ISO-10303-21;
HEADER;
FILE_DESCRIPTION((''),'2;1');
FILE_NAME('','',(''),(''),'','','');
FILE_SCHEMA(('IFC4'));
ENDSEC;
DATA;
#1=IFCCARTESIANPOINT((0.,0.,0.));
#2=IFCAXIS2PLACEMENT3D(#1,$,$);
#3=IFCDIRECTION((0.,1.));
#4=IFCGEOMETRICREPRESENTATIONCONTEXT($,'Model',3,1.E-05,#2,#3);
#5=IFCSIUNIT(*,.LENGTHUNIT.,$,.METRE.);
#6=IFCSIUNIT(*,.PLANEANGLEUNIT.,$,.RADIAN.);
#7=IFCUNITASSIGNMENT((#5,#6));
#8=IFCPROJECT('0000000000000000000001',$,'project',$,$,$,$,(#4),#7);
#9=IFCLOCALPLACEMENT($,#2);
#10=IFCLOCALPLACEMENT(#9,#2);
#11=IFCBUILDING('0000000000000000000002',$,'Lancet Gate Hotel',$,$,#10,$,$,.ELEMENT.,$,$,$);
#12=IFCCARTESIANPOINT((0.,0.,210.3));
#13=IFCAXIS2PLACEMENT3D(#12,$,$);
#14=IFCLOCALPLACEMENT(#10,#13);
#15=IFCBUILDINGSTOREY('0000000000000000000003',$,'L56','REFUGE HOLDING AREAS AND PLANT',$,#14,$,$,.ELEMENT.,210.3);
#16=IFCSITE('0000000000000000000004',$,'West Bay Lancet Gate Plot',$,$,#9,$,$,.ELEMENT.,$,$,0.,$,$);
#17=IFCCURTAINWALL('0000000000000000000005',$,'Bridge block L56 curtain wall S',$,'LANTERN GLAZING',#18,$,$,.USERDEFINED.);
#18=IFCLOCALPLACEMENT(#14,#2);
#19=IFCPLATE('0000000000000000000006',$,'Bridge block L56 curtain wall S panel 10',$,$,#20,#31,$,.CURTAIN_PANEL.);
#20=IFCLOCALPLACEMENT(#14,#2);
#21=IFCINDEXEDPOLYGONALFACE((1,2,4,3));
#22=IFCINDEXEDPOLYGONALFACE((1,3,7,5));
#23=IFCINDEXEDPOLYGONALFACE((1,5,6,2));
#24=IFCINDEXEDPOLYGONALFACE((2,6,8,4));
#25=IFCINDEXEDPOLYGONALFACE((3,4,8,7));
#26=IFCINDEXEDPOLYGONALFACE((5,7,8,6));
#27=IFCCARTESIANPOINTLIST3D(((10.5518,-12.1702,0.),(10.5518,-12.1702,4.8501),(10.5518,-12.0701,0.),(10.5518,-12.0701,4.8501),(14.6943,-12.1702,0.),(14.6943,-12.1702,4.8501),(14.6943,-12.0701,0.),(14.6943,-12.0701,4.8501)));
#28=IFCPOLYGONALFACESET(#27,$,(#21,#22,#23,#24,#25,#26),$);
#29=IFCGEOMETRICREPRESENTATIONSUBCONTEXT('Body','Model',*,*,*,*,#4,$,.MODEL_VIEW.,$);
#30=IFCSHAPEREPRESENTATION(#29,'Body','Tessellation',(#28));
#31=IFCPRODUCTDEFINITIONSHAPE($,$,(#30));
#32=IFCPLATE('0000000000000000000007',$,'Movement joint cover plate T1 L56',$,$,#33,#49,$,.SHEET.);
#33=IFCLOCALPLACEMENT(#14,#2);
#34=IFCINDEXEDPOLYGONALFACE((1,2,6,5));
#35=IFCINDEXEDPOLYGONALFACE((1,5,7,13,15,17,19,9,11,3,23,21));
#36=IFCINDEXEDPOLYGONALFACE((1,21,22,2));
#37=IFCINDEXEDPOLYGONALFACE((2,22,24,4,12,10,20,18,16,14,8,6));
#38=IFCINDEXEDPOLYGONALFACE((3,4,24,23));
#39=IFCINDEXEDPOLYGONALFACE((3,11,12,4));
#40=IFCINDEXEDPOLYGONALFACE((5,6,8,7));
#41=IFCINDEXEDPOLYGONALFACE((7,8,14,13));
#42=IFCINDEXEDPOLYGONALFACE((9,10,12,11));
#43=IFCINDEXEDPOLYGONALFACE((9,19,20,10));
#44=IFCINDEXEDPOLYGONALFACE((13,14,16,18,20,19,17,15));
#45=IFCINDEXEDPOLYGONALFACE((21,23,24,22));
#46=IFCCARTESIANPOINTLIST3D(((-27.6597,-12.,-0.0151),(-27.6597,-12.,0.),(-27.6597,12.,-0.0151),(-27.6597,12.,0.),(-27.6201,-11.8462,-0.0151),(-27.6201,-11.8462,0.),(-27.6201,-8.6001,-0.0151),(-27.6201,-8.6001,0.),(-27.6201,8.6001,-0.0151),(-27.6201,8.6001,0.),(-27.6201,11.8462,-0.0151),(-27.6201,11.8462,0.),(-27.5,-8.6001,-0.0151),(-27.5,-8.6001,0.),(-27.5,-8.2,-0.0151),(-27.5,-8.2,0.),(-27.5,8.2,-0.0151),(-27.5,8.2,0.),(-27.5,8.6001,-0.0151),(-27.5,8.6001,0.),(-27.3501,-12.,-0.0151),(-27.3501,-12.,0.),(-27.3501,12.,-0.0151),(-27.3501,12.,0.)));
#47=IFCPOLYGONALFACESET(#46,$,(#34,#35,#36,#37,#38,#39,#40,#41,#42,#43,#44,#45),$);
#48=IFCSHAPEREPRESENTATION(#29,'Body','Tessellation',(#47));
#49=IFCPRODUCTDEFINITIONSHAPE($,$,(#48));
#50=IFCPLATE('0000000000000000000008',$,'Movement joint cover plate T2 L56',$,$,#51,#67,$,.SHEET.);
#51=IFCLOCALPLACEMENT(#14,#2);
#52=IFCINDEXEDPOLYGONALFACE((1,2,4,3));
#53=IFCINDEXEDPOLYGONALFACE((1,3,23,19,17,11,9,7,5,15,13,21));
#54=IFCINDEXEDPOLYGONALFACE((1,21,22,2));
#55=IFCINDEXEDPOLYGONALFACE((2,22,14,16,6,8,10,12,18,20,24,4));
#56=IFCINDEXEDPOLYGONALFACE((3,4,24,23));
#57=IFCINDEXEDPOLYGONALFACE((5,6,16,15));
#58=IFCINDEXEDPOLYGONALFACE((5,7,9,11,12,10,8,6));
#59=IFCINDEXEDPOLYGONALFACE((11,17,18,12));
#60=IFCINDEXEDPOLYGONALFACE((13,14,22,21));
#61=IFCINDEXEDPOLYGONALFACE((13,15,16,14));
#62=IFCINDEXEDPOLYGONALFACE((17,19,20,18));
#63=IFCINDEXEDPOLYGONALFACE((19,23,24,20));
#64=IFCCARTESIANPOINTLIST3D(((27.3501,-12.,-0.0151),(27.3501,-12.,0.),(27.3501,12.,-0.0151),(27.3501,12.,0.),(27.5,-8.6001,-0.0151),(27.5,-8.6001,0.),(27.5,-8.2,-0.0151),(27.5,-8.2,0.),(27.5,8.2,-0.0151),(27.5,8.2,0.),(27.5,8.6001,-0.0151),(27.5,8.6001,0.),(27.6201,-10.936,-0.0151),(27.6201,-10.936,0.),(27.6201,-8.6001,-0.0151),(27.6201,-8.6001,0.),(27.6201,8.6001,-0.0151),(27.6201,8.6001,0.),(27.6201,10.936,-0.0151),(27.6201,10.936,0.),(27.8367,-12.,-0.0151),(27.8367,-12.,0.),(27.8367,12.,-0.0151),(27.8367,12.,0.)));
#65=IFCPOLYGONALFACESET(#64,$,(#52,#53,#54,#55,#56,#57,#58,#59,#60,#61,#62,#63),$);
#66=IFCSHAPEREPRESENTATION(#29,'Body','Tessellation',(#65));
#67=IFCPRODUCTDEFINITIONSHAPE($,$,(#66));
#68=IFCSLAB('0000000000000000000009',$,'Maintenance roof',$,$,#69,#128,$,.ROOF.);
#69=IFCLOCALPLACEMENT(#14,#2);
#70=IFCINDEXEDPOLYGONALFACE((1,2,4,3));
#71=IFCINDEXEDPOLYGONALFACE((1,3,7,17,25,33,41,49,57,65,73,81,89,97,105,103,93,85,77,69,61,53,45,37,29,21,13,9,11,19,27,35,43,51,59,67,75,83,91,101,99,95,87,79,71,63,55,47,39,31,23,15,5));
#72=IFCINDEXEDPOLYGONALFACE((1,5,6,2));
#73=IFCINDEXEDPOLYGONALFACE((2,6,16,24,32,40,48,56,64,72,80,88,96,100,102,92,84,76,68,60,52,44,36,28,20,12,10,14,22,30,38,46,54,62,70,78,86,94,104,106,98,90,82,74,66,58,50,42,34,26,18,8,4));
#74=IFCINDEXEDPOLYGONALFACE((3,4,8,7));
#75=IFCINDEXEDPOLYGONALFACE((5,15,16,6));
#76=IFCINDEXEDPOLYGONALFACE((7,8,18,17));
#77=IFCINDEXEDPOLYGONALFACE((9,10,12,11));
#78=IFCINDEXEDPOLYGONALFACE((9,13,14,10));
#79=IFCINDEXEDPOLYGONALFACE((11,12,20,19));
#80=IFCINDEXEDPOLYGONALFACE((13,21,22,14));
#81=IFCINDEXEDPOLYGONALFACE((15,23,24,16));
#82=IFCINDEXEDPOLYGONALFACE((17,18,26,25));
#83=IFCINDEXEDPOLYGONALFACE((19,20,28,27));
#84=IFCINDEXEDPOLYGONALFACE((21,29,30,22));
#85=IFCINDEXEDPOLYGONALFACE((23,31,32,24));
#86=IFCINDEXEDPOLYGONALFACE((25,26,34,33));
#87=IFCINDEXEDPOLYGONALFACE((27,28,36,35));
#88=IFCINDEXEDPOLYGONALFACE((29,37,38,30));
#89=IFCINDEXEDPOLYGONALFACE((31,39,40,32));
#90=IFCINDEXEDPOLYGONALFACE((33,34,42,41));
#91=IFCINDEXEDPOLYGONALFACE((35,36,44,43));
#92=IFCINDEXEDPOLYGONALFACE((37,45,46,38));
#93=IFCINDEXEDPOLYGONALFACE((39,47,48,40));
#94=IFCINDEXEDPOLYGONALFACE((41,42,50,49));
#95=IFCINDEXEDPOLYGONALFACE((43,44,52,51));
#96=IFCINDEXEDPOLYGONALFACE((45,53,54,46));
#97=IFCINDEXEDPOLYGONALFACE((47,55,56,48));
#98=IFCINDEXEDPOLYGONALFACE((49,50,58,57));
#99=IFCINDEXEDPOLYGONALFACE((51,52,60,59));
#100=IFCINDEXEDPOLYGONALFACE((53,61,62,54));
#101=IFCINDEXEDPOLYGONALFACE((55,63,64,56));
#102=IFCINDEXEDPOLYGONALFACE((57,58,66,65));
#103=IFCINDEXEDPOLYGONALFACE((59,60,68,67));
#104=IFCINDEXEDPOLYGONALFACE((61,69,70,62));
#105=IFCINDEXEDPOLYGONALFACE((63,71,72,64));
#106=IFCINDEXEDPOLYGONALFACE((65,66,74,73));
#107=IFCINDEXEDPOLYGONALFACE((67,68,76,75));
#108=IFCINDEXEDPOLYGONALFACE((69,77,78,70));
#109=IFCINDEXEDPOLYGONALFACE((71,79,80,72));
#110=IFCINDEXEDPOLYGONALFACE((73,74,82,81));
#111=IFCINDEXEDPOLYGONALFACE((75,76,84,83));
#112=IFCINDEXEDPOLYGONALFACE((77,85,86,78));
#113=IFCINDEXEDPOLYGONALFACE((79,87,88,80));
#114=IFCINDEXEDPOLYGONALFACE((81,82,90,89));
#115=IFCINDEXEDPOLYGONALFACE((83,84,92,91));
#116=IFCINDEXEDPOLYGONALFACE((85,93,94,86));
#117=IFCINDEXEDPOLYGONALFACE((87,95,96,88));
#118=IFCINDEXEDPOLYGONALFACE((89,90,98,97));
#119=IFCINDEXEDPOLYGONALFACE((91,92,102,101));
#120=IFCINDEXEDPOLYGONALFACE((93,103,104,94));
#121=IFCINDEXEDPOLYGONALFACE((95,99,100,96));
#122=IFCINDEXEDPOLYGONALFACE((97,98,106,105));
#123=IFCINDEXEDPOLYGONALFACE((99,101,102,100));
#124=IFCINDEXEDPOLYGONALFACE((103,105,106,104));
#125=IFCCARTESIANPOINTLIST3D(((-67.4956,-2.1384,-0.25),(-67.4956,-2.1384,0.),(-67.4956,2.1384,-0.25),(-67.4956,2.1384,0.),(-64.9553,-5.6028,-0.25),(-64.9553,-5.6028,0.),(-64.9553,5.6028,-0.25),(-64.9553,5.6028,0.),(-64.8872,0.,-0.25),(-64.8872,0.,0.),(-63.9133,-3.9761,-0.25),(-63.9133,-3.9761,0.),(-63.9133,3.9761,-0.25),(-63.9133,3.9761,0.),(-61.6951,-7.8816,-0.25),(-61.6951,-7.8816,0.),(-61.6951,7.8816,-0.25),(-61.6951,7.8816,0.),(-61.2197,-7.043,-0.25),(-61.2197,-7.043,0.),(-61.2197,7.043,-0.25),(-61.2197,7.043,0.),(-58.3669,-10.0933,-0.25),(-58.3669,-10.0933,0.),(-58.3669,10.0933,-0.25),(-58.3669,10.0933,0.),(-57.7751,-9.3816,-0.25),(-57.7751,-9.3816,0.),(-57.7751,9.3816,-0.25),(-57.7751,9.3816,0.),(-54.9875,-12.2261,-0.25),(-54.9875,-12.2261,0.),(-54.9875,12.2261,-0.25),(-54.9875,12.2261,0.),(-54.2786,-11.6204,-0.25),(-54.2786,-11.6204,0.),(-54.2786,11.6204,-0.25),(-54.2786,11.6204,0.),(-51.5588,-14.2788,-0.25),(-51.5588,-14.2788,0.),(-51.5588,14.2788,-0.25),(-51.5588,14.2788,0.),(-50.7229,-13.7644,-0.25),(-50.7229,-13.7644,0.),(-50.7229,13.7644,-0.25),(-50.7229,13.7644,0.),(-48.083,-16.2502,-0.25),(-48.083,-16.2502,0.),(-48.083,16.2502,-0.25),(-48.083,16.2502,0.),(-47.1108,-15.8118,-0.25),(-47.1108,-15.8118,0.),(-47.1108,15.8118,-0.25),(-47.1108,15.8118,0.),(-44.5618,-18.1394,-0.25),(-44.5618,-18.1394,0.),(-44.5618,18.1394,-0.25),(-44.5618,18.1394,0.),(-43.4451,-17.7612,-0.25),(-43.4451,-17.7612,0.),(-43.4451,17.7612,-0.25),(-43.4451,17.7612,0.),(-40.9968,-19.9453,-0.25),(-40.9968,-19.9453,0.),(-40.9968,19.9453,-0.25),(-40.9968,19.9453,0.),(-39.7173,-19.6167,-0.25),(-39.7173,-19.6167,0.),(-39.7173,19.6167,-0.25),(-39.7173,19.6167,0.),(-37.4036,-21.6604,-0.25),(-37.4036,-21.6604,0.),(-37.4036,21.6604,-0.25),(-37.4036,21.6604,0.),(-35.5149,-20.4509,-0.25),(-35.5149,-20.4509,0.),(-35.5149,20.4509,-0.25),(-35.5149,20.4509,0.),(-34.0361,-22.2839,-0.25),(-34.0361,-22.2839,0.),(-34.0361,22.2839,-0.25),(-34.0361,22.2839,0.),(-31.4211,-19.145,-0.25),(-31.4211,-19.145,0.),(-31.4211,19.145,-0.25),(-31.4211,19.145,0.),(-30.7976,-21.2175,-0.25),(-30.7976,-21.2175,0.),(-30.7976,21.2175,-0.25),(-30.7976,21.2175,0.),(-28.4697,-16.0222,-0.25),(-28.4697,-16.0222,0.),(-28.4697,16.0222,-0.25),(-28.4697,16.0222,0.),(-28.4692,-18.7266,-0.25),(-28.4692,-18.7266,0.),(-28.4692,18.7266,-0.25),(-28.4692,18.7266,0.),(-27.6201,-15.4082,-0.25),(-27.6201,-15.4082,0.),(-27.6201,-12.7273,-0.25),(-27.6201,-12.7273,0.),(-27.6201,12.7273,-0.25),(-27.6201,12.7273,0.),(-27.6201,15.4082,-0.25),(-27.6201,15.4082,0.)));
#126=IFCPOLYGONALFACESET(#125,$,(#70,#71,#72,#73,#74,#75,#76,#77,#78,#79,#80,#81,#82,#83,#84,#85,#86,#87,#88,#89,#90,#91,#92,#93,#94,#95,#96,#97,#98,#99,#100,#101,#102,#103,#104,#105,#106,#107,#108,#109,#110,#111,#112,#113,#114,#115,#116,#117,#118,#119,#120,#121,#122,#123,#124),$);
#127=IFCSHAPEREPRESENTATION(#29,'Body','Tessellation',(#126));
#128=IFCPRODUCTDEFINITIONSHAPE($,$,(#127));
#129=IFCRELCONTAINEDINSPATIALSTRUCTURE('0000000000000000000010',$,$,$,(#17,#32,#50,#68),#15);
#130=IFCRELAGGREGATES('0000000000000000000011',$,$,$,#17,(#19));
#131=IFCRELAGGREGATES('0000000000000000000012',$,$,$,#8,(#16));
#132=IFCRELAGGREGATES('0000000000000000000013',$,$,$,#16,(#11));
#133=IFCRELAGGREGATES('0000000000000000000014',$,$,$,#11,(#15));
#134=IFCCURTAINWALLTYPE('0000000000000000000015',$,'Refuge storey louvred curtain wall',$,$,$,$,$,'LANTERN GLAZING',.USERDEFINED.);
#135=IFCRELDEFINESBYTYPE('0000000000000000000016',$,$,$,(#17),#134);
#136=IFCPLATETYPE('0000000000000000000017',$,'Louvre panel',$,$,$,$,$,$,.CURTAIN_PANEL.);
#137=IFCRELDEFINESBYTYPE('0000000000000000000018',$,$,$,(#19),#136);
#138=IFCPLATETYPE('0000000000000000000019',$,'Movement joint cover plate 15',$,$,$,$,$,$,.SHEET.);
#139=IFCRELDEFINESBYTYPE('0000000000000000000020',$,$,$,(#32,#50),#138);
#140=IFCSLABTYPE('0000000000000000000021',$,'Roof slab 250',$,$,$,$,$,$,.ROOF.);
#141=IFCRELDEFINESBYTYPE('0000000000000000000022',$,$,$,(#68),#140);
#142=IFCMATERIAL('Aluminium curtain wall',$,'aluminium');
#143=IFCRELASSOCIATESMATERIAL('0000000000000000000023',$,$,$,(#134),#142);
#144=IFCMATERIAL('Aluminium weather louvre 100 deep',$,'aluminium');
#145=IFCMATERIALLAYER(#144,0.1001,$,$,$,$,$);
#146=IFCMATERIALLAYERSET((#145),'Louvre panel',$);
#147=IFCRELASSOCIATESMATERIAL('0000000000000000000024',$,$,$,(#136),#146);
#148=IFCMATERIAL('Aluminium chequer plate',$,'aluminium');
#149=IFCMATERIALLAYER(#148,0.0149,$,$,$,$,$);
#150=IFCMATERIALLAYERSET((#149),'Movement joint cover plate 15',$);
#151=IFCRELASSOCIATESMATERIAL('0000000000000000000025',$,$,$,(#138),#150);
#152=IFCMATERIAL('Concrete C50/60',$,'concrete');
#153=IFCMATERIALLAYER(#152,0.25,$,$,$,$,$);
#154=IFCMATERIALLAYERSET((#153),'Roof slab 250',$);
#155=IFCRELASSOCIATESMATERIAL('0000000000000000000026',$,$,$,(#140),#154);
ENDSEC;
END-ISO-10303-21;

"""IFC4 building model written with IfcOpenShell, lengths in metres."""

from ifc_helpers import new_model, si_unit, direction, frame, origin, origin_2d, place, context, subcontext, project, spatial, polyline, rectangle, outline, extrude, material, layer, layer_set, type_object, element, aggregate, save


model = new_model("IFC4")

# Units and contexts
model_context = context("Model", 3, precision=1e-05, world=origin(), true_north=direction((0.0, 1.0)))
body_context = subcontext(model_context, "Body", "Model", "MODEL_VIEW")
ifc_project = project(units=[si_unit("LENGTHUNIT", "METRE"), si_unit("PLANEANGLEUNIT", "RADIAN")], contexts=[model_context])

# Site, building, storey
site_placement = place(None, origin())
site = spatial("IfcSite", under=ifc_project, at=site_placement, Name="West Bay Lancet Gate Plot", CompositionType="ELEMENT", RefElevation=0.0)
building_placement = place(site_placement, origin())
building = spatial("IfcBuilding", under=site, at=building_placement, Name="Lancet Gate Hotel", CompositionType="ELEMENT")
storey_placement = place(building_placement, frame((0.0, 0.0, 210.3)))
storey = spatial("IfcBuildingStorey", under=building, at=storey_placement, Name="L56", Description="REFUGE HOLDING AREAS AND PLANT", CompositionType="ELEMENT", Elevation=210.3)

# Curtain wall
ifc_material_1 = material(Name="Aluminium curtain wall", Category="aluminium")
curtain_wall_type = type_object("IfcCurtainWallType", Name="Refuge storey louvred curtain wall", ElementType="LANTERN GLAZING", PredefinedType="USERDEFINED", material=ifc_material_1)
curtain_wall_placement = place(storey_placement, origin())
curtain_wall = element("IfcCurtainWall", 1, at=curtain_wall_placement, inside=storey, type_object=curtain_wall_type, Name="Bridge block L56 curtain wall S", ObjectType="LANTERN GLAZING", PredefinedType="USERDEFINED")

# Plate
ifc_material_2 = material(Name="Aluminium weather louvre 100 deep", Category="aluminium")
ifc_layer_1 = layer(ifc_material_2, 0.1001)
ifc_layer_set_1 = layer_set([ifc_layer_1], Name="Louvre panel")
plate_type_1 = type_object("IfcPlateType", Name="Louvre panel", PredefinedType="CURTAIN_PANEL", material=ifc_layer_set_1)
plate_1_placement = place(storey_placement, frame((12.623, -12.1201, 0.0), z_axis=(0.0, 0.0, 1.0), x_axis=(1.0, 0.0, 0.0)))
plate_1 = element("IfcPlate", 2, at=plate_1_placement, type_object=plate_type_1, Name="Bridge block L56 curtain wall S panel 10", PredefinedType="CURTAIN_PANEL", context=body_context, shape_type="SweptSolid", body=[
    extrude(rectangle(XDim=4.1426, YDim=0.1001, at=origin_2d()), origin(), (0.0, 0.0, 1.0), 4.8501),
])
aggregate(curtain_wall, [plate_1])

# Plates
ifc_material_3 = material(Name="Aluminium chequer plate", Category="aluminium")
ifc_layer_2 = layer(ifc_material_3, 0.0149)
ifc_layer_set_2 = layer_set([ifc_layer_2], Name="Movement joint cover plate 15")
plate_type_2 = type_object("IfcPlateType", Name="Movement joint cover plate 15", PredefinedType="SHEET", material=ifc_layer_set_2)
plate_2_placement = place(storey_placement, frame((0.0, 0.0, -0.0151)))
element("IfcPlate", 3, at=plate_2_placement, inside=storey, type_object=plate_type_2, Name="Movement joint cover plate T1 L56", PredefinedType="SHEET", context=body_context, shape_type="SweptSolid", body=[
    extrude(outline(polyline([(-27.3501, 12.0), (-27.6597, 12.0), (-27.6201, 11.8462), (-27.6201, 8.6001), (-27.5, 8.6001), (-27.5, 8.2), (-27.5, -8.2), (-27.5, -8.6001), (-27.6201, -8.6001), (-27.6201, -11.8462), (-27.6597, -12.0), (-27.3501, -12.0), (-27.3501, 12.0)])), origin(), (0.0, 0.0, 1.0), 0.0151),
])
plate_3_placement = place(storey_placement, frame((0.0, 0.0, -0.0151)))
element("IfcPlate", 4, at=plate_3_placement, inside=storey, type_object=plate_type_2, Name="Movement joint cover plate T2 L56", PredefinedType="SHEET", context=body_context, shape_type="SweptSolid", body=[
    extrude(outline(polyline([(27.3501, -12.0), (27.8367, -12.0), (27.6201, -10.936), (27.6201, -8.6001), (27.5, -8.6001), (27.5, -8.2), (27.5, 8.2), (27.5, 8.6001), (27.6201, 8.6001), (27.6201, 10.936), (27.8367, 12.0), (27.3501, 12.0), (27.3501, -12.0)])), origin(), (0.0, 0.0, 1.0), 0.0151),
])

# Slab
ifc_material_4 = material(Name="Concrete C50/60", Category="concrete")
ifc_layer_3 = layer(ifc_material_4, 0.25)
ifc_layer_set_3 = layer_set([ifc_layer_3], Name="Roof slab 250")
slab_type_1 = type_object("IfcSlabType", Name="Roof slab 250", PredefinedType="ROOF", material=ifc_layer_set_3)
slab_1_placement = place(storey_placement, frame((0.0, 0.0, -0.25)))
element("IfcSlab", 5, at=slab_1_placement, inside=storey, type_object=slab_type_1, Name="Maintenance roof", PredefinedType="ROOF", context=body_context, shape_type="SweptSolid", body=[
    extrude(outline(polyline([(-27.6201, 15.4082), (-28.4692, 18.7266), (-30.7976, 21.2175), (-34.0361, 22.2839), (-37.4036, 21.6604), (-40.9968, 19.9453), (-44.5618, 18.1394), (-48.083, 16.2502), (-51.5588, 14.2788), (-54.9875, 12.2261), (-58.3669, 10.0933), (-61.6951, 7.8816), (-64.9553, 5.6028), (-67.4956, 2.1384), (-67.4956, -2.1384), (-64.9553, -5.6028), (-61.6951, -7.8816), (-58.3669, -10.0933), (-54.9875, -12.2261), (-51.5588, -14.2788), (-48.083, -16.2502), (-44.5618, -18.1394), (-40.9968, -19.9453), (-37.4036, -21.6604), (-34.0361, -22.2839), (-30.7976, -21.2175), (-28.4692, -18.7266), (-27.6201, -15.4082), (-27.6201, -12.7273), (-28.4697, -16.0222), (-31.4211, -19.145), (-35.5149, -20.4509), (-39.7173, -19.6167), (-43.4451, -17.7612), (-47.1108, -15.8118), (-50.7229, -13.7644), (-54.2786, -11.6204), (-57.7751, -9.3816), (-61.2197, -7.043), (-63.9133, -3.9761), (-64.8872, 0.0), (-63.9133, 3.9761), (-61.2197, 7.043), (-57.7751, 9.3816), (-54.2786, 11.6204), (-50.7229, 13.7644), (-47.1108, 15.8118), (-43.4451, 17.7612), (-39.7173, 19.6167), (-35.5149, 20.4509), (-31.4211, 19.145), (-28.4697, 16.0222), (-27.6201, 12.7273), (-27.6201, 15.4082)])), origin(), (0.0, 0.0, 1.0), 0.25),
])

save(model, "model.ifc")
